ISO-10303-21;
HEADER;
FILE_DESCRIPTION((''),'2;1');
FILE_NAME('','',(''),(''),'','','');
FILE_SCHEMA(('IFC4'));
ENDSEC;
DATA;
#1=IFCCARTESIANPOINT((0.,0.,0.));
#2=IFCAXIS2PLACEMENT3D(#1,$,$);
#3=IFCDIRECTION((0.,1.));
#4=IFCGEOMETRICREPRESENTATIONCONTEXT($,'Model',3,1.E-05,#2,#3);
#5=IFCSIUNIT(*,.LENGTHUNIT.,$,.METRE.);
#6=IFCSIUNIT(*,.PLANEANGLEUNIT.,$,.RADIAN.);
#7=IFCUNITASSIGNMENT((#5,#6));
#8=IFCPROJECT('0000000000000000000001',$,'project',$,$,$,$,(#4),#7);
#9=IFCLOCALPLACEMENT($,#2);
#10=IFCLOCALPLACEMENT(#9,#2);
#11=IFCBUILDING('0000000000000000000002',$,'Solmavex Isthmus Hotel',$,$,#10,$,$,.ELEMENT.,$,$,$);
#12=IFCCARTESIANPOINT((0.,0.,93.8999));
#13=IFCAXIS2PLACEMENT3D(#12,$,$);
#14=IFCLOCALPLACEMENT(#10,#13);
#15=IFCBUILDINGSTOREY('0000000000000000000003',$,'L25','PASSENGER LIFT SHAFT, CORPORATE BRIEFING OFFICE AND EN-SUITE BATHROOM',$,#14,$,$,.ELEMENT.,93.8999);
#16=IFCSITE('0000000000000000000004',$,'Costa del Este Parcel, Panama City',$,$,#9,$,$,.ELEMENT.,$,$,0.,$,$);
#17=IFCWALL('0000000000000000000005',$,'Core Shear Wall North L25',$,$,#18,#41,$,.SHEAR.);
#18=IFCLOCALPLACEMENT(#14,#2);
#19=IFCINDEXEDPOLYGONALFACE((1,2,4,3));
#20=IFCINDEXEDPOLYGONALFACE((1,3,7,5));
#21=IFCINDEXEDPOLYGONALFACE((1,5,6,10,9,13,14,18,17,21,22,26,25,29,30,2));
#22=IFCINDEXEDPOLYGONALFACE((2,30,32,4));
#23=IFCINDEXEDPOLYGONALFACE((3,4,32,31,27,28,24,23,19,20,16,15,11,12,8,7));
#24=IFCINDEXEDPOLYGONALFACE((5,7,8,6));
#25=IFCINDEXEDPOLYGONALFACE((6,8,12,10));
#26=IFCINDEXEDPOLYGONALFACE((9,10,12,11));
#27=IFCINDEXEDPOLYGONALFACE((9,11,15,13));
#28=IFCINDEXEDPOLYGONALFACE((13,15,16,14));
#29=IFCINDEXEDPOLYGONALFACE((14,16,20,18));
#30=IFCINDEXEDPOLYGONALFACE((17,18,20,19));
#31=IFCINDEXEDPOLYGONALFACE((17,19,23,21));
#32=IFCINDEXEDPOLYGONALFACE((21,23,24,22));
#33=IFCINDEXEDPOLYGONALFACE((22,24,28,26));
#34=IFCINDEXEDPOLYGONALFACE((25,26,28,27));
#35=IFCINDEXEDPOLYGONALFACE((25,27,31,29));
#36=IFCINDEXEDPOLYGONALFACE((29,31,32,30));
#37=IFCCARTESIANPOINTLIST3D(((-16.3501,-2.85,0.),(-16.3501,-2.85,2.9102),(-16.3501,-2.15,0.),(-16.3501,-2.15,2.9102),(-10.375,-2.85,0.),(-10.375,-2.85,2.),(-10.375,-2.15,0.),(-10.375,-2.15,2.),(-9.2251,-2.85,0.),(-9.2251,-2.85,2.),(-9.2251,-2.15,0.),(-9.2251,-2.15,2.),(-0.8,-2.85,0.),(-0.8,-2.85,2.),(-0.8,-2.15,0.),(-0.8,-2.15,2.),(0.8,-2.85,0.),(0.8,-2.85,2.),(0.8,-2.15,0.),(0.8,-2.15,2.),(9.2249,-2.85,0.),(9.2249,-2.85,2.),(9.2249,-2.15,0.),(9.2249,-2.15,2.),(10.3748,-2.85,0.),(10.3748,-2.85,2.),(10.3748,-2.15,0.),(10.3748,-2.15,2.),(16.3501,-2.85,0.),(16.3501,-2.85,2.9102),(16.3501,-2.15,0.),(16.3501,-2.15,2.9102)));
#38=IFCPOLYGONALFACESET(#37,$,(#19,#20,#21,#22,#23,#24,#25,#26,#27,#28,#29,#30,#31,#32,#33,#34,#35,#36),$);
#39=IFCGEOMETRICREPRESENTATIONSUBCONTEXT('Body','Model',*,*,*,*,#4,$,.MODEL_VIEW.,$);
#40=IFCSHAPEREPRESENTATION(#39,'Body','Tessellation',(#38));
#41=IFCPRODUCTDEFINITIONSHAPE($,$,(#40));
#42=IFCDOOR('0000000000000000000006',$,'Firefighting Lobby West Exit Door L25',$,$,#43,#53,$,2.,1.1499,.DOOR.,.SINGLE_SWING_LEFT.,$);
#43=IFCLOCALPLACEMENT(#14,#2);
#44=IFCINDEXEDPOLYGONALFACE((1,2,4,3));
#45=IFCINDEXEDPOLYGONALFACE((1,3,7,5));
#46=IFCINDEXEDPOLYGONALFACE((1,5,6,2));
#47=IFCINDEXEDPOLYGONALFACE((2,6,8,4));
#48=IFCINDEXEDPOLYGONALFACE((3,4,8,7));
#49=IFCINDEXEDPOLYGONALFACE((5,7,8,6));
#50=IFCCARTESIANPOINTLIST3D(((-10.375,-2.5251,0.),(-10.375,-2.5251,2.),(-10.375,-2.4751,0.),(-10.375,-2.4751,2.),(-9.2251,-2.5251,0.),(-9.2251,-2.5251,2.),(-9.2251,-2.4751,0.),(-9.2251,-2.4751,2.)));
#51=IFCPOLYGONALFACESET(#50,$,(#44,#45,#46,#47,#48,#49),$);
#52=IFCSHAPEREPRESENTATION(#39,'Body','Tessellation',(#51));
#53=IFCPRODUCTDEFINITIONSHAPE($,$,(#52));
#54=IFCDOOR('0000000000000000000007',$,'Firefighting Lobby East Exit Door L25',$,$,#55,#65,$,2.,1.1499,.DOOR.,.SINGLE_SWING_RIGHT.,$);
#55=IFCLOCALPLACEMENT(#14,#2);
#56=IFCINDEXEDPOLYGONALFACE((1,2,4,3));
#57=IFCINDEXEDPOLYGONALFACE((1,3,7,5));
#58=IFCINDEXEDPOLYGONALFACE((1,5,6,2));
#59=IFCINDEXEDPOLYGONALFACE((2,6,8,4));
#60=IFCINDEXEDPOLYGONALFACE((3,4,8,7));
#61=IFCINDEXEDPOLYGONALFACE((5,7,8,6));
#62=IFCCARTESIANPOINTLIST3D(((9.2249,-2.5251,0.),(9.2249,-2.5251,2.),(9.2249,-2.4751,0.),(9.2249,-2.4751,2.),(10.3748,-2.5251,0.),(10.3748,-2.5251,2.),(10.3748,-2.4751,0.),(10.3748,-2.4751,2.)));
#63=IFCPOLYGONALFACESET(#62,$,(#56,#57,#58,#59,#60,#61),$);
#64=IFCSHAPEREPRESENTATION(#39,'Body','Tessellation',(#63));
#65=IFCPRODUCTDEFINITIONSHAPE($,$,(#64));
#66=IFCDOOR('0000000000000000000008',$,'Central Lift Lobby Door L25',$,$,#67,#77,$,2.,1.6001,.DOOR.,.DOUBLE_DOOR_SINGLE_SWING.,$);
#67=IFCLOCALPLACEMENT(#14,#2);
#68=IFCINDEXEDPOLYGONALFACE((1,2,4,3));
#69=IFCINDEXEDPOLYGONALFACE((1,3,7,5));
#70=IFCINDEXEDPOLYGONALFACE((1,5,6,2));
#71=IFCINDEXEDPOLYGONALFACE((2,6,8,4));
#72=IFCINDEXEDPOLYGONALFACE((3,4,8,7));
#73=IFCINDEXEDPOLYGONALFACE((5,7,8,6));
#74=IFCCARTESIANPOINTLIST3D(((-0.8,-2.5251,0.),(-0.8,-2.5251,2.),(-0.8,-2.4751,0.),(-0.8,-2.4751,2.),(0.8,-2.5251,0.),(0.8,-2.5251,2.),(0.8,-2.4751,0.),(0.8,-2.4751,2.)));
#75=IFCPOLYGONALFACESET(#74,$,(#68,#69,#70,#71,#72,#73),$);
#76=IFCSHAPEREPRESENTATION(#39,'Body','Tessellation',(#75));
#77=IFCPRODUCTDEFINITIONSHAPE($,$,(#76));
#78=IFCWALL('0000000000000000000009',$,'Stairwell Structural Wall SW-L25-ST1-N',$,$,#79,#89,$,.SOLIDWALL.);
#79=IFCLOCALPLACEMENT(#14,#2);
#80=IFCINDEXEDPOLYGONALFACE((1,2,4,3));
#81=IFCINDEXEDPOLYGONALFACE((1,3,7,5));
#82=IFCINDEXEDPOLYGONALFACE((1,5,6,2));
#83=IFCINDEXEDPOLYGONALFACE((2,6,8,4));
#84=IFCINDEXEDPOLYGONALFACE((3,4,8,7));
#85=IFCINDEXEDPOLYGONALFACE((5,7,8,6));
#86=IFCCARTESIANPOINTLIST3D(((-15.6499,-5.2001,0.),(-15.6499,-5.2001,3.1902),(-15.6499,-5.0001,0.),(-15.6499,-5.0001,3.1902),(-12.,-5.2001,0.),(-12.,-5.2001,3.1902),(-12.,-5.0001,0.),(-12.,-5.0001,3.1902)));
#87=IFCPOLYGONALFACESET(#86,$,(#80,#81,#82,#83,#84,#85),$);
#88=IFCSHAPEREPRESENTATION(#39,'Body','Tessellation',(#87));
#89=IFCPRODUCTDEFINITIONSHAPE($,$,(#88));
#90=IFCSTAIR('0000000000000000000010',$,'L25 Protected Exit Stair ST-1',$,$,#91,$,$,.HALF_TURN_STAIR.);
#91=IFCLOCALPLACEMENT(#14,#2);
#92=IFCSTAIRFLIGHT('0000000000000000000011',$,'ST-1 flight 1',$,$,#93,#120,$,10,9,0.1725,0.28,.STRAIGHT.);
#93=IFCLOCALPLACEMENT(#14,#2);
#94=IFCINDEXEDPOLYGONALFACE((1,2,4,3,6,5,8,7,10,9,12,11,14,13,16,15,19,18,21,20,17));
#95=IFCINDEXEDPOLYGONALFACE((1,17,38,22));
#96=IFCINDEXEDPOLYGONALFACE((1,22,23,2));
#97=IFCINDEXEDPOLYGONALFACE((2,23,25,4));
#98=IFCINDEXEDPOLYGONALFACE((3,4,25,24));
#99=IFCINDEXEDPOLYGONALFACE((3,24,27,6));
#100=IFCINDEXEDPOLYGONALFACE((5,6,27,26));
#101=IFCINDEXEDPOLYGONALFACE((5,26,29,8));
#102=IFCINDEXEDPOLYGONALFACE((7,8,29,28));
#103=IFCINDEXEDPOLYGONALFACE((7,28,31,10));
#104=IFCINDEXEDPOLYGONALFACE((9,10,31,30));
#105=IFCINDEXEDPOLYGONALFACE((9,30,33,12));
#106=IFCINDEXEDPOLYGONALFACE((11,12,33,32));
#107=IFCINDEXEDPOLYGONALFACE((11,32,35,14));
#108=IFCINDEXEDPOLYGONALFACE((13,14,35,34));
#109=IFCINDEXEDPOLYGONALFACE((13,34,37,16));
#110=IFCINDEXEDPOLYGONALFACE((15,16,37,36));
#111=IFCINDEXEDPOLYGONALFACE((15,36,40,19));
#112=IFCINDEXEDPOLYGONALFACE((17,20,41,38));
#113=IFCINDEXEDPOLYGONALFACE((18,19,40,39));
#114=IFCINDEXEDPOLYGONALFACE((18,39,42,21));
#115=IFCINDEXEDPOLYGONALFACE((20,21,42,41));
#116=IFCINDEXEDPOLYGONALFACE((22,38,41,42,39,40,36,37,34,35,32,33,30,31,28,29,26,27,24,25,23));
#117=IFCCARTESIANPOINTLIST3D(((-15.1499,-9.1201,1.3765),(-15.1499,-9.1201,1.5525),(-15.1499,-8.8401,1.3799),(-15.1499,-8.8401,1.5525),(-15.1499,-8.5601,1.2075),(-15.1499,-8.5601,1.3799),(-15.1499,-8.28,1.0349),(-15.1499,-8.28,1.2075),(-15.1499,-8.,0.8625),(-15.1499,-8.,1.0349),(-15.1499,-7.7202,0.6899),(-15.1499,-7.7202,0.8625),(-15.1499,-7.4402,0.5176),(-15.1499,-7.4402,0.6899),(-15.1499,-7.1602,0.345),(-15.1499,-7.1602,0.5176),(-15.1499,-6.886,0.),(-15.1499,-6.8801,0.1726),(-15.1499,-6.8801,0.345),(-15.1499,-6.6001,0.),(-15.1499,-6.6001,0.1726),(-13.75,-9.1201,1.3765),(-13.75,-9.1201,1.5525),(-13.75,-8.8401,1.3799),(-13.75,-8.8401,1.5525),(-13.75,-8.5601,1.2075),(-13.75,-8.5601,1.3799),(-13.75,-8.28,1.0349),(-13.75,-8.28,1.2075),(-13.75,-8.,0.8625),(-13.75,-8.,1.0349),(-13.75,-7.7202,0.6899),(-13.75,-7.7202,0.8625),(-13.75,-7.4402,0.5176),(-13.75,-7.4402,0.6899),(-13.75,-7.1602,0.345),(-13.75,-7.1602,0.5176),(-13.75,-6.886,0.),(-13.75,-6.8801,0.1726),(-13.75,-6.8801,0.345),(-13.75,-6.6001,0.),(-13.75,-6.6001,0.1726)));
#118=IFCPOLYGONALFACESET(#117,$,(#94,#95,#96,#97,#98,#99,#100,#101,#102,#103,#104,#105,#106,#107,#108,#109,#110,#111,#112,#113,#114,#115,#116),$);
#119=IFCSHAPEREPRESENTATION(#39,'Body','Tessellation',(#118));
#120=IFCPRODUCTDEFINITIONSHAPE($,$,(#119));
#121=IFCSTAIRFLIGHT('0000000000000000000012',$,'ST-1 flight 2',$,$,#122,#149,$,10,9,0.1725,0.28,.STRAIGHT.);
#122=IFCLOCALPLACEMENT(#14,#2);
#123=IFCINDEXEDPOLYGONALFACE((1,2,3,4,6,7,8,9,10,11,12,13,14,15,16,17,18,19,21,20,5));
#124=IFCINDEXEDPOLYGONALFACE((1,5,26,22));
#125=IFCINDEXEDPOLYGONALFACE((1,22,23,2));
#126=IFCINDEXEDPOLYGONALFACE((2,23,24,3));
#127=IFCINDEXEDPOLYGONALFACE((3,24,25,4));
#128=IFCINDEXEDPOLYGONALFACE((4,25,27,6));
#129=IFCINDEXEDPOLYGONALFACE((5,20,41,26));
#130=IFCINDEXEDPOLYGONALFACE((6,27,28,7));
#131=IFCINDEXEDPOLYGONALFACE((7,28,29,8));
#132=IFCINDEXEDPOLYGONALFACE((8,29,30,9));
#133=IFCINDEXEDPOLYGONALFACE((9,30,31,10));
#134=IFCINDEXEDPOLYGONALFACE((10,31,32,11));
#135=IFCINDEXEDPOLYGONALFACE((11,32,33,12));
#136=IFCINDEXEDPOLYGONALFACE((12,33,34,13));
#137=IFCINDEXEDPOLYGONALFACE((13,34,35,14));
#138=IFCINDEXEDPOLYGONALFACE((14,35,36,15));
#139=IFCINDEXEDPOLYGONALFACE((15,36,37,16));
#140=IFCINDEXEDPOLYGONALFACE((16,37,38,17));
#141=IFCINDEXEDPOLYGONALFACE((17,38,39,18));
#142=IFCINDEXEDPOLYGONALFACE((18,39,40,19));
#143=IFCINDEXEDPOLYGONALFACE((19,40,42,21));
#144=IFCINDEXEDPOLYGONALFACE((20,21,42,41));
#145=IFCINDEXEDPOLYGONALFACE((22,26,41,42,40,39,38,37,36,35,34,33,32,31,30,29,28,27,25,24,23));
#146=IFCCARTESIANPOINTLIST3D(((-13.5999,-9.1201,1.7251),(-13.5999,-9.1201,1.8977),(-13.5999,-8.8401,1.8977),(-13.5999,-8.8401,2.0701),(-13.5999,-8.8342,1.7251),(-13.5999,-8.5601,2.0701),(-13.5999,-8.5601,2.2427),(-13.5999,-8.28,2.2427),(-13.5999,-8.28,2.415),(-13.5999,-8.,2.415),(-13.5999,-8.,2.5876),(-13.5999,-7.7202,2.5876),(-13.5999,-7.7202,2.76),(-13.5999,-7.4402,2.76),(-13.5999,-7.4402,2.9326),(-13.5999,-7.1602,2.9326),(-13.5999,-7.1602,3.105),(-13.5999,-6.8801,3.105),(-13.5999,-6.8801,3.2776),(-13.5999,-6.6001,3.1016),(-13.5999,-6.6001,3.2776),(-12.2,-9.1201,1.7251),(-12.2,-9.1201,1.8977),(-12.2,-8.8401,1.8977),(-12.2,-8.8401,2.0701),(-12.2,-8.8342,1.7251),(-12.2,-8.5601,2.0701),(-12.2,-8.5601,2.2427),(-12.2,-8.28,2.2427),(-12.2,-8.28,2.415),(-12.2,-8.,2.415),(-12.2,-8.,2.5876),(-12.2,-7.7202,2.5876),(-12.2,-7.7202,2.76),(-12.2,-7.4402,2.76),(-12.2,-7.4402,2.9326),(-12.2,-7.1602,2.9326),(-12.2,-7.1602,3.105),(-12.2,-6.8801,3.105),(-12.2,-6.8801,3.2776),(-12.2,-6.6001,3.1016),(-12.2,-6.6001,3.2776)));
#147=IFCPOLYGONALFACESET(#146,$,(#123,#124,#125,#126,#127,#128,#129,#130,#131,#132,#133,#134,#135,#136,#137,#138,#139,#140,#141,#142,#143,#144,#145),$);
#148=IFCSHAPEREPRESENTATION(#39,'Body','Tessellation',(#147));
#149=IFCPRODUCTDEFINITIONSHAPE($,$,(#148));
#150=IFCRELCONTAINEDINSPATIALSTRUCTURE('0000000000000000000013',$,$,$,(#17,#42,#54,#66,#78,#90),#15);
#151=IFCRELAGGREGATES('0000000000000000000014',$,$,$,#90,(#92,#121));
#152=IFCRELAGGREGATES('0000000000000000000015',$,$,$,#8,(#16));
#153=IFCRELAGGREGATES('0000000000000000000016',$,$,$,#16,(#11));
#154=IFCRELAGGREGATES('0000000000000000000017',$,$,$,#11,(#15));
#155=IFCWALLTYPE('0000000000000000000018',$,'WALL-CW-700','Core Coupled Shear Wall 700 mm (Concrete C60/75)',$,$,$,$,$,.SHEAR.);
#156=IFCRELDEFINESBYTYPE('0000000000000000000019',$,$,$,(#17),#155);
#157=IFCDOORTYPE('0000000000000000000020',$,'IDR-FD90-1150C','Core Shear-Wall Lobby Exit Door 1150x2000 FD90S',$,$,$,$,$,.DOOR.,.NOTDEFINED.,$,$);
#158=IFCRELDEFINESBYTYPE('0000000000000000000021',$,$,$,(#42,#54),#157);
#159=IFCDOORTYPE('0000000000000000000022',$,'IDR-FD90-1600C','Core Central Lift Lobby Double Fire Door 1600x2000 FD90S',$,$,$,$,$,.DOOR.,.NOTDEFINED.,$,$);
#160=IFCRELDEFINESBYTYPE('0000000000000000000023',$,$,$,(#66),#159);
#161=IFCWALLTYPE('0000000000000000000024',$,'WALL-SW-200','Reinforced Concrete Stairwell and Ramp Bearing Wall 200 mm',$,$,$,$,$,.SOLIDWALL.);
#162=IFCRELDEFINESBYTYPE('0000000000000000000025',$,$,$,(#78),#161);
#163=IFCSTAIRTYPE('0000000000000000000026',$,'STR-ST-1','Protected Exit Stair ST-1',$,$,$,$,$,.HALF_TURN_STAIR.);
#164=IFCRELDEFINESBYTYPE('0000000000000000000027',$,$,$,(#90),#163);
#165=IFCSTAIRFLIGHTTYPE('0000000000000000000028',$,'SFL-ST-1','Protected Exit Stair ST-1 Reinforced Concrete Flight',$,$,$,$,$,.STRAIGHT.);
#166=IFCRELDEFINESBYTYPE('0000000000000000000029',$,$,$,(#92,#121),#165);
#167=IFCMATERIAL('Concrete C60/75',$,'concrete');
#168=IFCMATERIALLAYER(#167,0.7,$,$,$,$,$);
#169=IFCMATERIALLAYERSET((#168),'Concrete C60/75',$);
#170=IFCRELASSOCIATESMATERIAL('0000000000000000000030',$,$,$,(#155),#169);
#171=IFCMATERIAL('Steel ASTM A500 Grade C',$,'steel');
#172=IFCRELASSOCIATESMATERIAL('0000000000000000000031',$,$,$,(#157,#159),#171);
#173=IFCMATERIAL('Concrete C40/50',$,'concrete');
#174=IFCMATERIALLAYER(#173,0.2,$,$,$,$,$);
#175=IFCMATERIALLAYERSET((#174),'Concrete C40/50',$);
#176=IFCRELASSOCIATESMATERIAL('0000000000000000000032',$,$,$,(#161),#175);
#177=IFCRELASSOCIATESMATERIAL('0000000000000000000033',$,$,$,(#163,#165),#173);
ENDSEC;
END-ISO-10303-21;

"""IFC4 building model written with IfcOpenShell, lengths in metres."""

from ifc_helpers import new_model, si_unit, direction, frame, frame_2d, origin, place, context, subcontext, project, spatial, polyline, rectangle, outline, extrude, material, layer, layer_set, type_object, element, fill, aggregate, save


model = new_model("IFC4")

# Units and contexts
model_context = context("Model", 3, precision=1e-05, world=origin(), true_north=direction((0.0, 1.0)))
body_context = subcontext(model_context, "Body", "Model", "MODEL_VIEW")
ifc_project = project(units=[si_unit("LENGTHUNIT", "METRE"), si_unit("PLANEANGLEUNIT", "RADIAN")], contexts=[model_context])

# Site, building, storey
site_placement = place(None, origin())
site = spatial("IfcSite", under=ifc_project, at=site_placement, Name="Costa del Este Parcel, Panama City", CompositionType="ELEMENT", RefElevation=0.0)
building_placement = place(site_placement, origin())
building = spatial("IfcBuilding", under=site, at=building_placement, Name="Solmavex Isthmus Hotel", CompositionType="ELEMENT")
storey_placement = place(building_placement, frame((0.0, 0.0, 93.8999)))
storey = spatial("IfcBuildingStorey", under=building, at=storey_placement, Name="L25", Description="PASSENGER LIFT SHAFT, CORPORATE BRIEFING OFFICE AND EN-SUITE BATHROOM", CompositionType="ELEMENT", Elevation=93.8999)

# Shared definitions
ifc_material_1 = material(Name="Concrete C60/75", Category="concrete")

# Wall, openings, doors
ifc_material_2 = material(Name="Concrete C40/50", Category="concrete")
ifc_layer_1 = layer(ifc_material_1, 0.7)
ifc_layer_set_1 = layer_set([ifc_layer_1], Name="Concrete C60/75")
wall_type_1 = type_object("IfcWallType", Name="WALL-CW-700", Description="Core Coupled Shear Wall 700 mm (Concrete C60/75)", PredefinedType="SHEAR", material=ifc_layer_set_1)
wall_1_placement = place(storey_placement, frame((-16.3501, -2.5, 0.0), z_axis=(0.0, 0.0, 1.0), x_axis=(1.0, 0.0, 0.0)))
wall_1 = element("IfcWall", 1, at=wall_1_placement, inside=storey, type_object=wall_type_1, Name="Core Shear Wall North L25", PredefinedType="SHEAR", context=body_context, shape_type="SweptSolid", body=[
    extrude(rectangle(XDim=32.7002, YDim=0.7, at=frame_2d((16.3501, 0.0))), origin(), (0.0, 0.0, 1.0), 2.9102),
])
opening_1_placement = place(wall_1_placement, frame((5.9751, 0.0, 0.0)))
opening_1 = element("IfcOpeningElement", 2, at=opening_1_placement, cuts=wall_1, PredefinedType="OPENING", context=body_context, shape_type="SweptSolid", body=[
    extrude(rectangle(XDim=1.1499, YDim=2.0, at=frame_2d((0.575, 1.0))), frame((0.0, 0.3599, 0.0), z_axis=(0.0, -1.0, 0.0), x_axis=(1.0, 0.0, 0.0)), (0.0, 0.0, 1.0), 0.72),
])
opening_2_placement = place(wall_1_placement, frame((15.55, 0.0, 0.0)))
opening_2 = element("IfcOpeningElement", 3, at=opening_2_placement, cuts=wall_1, PredefinedType="OPENING", context=body_context, shape_type="SweptSolid", body=[
    extrude(rectangle(XDim=1.6001, YDim=2.0, at=frame_2d((0.8, 1.0))), frame((0.0, 0.3599, 0.0), z_axis=(0.0, -1.0, 0.0), x_axis=(1.0, 0.0, 0.0)), (0.0, 0.0, 1.0), 0.72),
])
opening_3_placement = place(wall_1_placement, frame((25.575, 0.0, 0.0)))
opening_3 = element("IfcOpeningElement", 4, at=opening_3_placement, cuts=wall_1, PredefinedType="OPENING", context=body_context, shape_type="SweptSolid", body=[
    extrude(rectangle(XDim=1.1499, YDim=2.0, at=frame_2d((0.575, 1.0))), frame((0.0, 0.3599, 0.0), z_axis=(0.0, -1.0, 0.0), x_axis=(1.0, 0.0, 0.0)), (0.0, 0.0, 1.0), 0.72),
])
ifc_material_3 = material(Name="Steel ASTM A500 Grade C", Category="steel")
door_type_1 = type_object("IfcDoorType", Name="IDR-FD90-1150C", Description="Core Shear-Wall Lobby Exit Door 1150x2000 FD90S", OperationType="NOTDEFINED", PredefinedType="DOOR", material=ifc_material_3)
door_1_placement = place(opening_1_placement, origin())
door_1 = element("IfcDoor", 5, at=door_1_placement, inside=storey, type_object=door_type_1, Name="Firefighting Lobby West Exit Door L25", OperationType="SINGLE_SWING_LEFT", OverallHeight=2.0, OverallWidth=1.1499, PredefinedType="DOOR", context=body_context, shape_type="SweptSolid", body=[
    extrude(rectangle(XDim=1.1499, YDim=2.0, at=frame_2d((0.575, 1.0))), frame((0.0, 0.0249, 0.0), z_axis=(0.0, -1.0, 0.0), x_axis=(1.0, 0.0, 0.0)), (0.0, 0.0, 1.0), 0.05),
])
fill(opening_1, door_1)
door_2_placement = place(opening_3_placement, origin())
door_2 = element("IfcDoor", 6, at=door_2_placement, inside=storey, type_object=door_type_1, Name="Firefighting Lobby East Exit Door L25", OperationType="SINGLE_SWING_RIGHT", OverallHeight=2.0, OverallWidth=1.1499, PredefinedType="DOOR", context=body_context, shape_type="SweptSolid", body=[
    extrude(rectangle(XDim=1.1499, YDim=2.0, at=frame_2d((0.575, 1.0))), frame((0.0, 0.0249, 0.0), z_axis=(0.0, -1.0, 0.0), x_axis=(1.0, 0.0, 0.0)), (0.0, 0.0, 1.0), 0.05),
])
fill(opening_3, door_2)
door_type_2 = type_object("IfcDoorType", Name="IDR-FD90-1600C", Description="Core Central Lift Lobby Double Fire Door 1600x2000 FD90S", OperationType="NOTDEFINED", PredefinedType="DOOR", material=ifc_material_3)
door_3_placement = place(opening_2_placement, origin())
door_3 = element("IfcDoor", 7, at=door_3_placement, inside=storey, type_object=door_type_2, Name="Central Lift Lobby Door L25", OperationType="DOUBLE_DOOR_SINGLE_SWING", OverallHeight=2.0, OverallWidth=1.6001, PredefinedType="DOOR", context=body_context, shape_type="SweptSolid", body=[
    extrude(rectangle(XDim=1.6001, YDim=2.0, at=frame_2d((0.8, 1.0))), frame((0.0, 0.0249, 0.0), z_axis=(0.0, -1.0, 0.0), x_axis=(1.0, 0.0, 0.0)), (0.0, 0.0, 1.0), 0.05),
])
fill(opening_2, door_3)

# Wall
ifc_layer_2 = layer(ifc_material_2, 0.2)
ifc_layer_set_2 = layer_set([ifc_layer_2], Name="Concrete C40/50")
wall_type_2 = type_object("IfcWallType", Name="WALL-SW-200", Description="Reinforced Concrete Stairwell and Ramp Bearing Wall 200 mm", PredefinedType="SOLIDWALL", material=ifc_layer_set_2)
wall_2_placement = place(storey_placement, frame((-15.6499, -5.1001, 0.0), z_axis=(0.0, 0.0, 1.0), x_axis=(1.0, 0.0, 0.0)))
element("IfcWall", 8, at=wall_2_placement, inside=storey, type_object=wall_type_2, Name="Stairwell Structural Wall SW-L25-ST1-N", PredefinedType="SOLIDWALL", context=body_context, shape_type="SweptSolid", body=[
    extrude(rectangle(XDim=3.6499, YDim=0.2, at=frame_2d((1.825, 0.0))), origin(), (0.0, 0.0, 1.0), 3.1902),
])

# Stair, stair flights
stair_type = type_object("IfcStairType", Name="STR-ST-1", Description="Protected Exit Stair ST-1", PredefinedType="HALF_TURN_STAIR", material=ifc_material_2)
stair_placement = place(storey_placement, origin())
stair = element("IfcStair", 9, at=stair_placement, inside=storey, type_object=stair_type, Name="L25 Protected Exit Stair ST-1", PredefinedType="HALF_TURN_STAIR")
stair_flight_type = type_object("IfcStairFlightType", Name="SFL-ST-1", Description="Protected Exit Stair ST-1 Reinforced Concrete Flight", PredefinedType="STRAIGHT", material=ifc_material_2)
stair_flight_1_placement = place(storey_placement, frame((-14.45, -6.6001, 0.0), z_axis=(0.0, 0.0, 1.0), x_axis=(0.0, -1.0, 0.0)))
stair_flight_1 = element("IfcStairFlight", 10, at=stair_flight_1_placement, type_object=stair_flight_type, Name="ST-1 flight 1", NumberOfRisers=10, NumberOfTreads=9, PredefinedType="STRAIGHT", RiserHeight=0.1725, TreadLength=0.28, context=body_context, shape_type="SweptSolid", body=[
    extrude(outline(polyline([(0.0, 0.0), (0.0, 0.1726), (0.28, 0.1726), (0.28, 0.345), (0.5601, 0.345), (0.5601, 0.5176), (0.8401, 0.5176), (0.8401, 0.6899), (1.1201, 0.6899), (1.1201, 0.8625), (1.3999, 0.8625), (1.3999, 1.0349), (1.6799, 1.0349), (1.6799, 1.2075), (1.96, 1.2075), (1.96, 1.3799), (2.24, 1.3799), (2.24, 1.5525), (2.52, 1.5525), (2.52, 1.7251), (2.52, 1.3765), (0.2859, 0.0), (0.0, 0.0)])), frame((0.0, 0.7, 0.0), z_axis=(0.0, -1.0, 0.0), x_axis=(1.0, 0.0, 0.0)), (0.0, 0.0, 1.0), 1.3999),
])
stair_flight_2_placement = place(storey_placement, frame((-12.8999, -9.1201, 1.7251), z_axis=(0.0, 0.0, 1.0), x_axis=(0.0, 1.0, 0.0)))
stair_flight_2 = element("IfcStairFlight", 11, at=stair_flight_2_placement, type_object=stair_flight_type, Name="ST-1 flight 2", NumberOfRisers=10, NumberOfTreads=9, PredefinedType="STRAIGHT", RiserHeight=0.1725, TreadLength=0.28, context=body_context, shape_type="SweptSolid", body=[
    extrude(outline(polyline([(0.0, 0.0), (0.0, 0.1726), (0.28, 0.1726), (0.28, 0.345), (0.5601, 0.345), (0.5601, 0.5176), (0.8401, 0.5176), (0.8401, 0.6899), (1.1201, 0.6899), (1.1201, 0.8625), (1.3999, 0.8625), (1.3999, 1.0349), (1.6799, 1.0349), (1.6799, 1.2075), (1.96, 1.2075), (1.96, 1.3799), (2.24, 1.3799), (2.24, 1.5525), (2.52, 1.5525), (2.52, 1.7251), (2.52, 1.3765), (0.2859, 0.0), (0.0, 0.0)])), frame((0.0, 0.7, 0.0), z_axis=(0.0, -1.0, 0.0), x_axis=(1.0, 0.0, 0.0)), (0.0, 0.0, 1.0), 1.3999),
])
aggregate(stair, [stair_flight_1, stair_flight_2])

save(model, "model.ifc")
